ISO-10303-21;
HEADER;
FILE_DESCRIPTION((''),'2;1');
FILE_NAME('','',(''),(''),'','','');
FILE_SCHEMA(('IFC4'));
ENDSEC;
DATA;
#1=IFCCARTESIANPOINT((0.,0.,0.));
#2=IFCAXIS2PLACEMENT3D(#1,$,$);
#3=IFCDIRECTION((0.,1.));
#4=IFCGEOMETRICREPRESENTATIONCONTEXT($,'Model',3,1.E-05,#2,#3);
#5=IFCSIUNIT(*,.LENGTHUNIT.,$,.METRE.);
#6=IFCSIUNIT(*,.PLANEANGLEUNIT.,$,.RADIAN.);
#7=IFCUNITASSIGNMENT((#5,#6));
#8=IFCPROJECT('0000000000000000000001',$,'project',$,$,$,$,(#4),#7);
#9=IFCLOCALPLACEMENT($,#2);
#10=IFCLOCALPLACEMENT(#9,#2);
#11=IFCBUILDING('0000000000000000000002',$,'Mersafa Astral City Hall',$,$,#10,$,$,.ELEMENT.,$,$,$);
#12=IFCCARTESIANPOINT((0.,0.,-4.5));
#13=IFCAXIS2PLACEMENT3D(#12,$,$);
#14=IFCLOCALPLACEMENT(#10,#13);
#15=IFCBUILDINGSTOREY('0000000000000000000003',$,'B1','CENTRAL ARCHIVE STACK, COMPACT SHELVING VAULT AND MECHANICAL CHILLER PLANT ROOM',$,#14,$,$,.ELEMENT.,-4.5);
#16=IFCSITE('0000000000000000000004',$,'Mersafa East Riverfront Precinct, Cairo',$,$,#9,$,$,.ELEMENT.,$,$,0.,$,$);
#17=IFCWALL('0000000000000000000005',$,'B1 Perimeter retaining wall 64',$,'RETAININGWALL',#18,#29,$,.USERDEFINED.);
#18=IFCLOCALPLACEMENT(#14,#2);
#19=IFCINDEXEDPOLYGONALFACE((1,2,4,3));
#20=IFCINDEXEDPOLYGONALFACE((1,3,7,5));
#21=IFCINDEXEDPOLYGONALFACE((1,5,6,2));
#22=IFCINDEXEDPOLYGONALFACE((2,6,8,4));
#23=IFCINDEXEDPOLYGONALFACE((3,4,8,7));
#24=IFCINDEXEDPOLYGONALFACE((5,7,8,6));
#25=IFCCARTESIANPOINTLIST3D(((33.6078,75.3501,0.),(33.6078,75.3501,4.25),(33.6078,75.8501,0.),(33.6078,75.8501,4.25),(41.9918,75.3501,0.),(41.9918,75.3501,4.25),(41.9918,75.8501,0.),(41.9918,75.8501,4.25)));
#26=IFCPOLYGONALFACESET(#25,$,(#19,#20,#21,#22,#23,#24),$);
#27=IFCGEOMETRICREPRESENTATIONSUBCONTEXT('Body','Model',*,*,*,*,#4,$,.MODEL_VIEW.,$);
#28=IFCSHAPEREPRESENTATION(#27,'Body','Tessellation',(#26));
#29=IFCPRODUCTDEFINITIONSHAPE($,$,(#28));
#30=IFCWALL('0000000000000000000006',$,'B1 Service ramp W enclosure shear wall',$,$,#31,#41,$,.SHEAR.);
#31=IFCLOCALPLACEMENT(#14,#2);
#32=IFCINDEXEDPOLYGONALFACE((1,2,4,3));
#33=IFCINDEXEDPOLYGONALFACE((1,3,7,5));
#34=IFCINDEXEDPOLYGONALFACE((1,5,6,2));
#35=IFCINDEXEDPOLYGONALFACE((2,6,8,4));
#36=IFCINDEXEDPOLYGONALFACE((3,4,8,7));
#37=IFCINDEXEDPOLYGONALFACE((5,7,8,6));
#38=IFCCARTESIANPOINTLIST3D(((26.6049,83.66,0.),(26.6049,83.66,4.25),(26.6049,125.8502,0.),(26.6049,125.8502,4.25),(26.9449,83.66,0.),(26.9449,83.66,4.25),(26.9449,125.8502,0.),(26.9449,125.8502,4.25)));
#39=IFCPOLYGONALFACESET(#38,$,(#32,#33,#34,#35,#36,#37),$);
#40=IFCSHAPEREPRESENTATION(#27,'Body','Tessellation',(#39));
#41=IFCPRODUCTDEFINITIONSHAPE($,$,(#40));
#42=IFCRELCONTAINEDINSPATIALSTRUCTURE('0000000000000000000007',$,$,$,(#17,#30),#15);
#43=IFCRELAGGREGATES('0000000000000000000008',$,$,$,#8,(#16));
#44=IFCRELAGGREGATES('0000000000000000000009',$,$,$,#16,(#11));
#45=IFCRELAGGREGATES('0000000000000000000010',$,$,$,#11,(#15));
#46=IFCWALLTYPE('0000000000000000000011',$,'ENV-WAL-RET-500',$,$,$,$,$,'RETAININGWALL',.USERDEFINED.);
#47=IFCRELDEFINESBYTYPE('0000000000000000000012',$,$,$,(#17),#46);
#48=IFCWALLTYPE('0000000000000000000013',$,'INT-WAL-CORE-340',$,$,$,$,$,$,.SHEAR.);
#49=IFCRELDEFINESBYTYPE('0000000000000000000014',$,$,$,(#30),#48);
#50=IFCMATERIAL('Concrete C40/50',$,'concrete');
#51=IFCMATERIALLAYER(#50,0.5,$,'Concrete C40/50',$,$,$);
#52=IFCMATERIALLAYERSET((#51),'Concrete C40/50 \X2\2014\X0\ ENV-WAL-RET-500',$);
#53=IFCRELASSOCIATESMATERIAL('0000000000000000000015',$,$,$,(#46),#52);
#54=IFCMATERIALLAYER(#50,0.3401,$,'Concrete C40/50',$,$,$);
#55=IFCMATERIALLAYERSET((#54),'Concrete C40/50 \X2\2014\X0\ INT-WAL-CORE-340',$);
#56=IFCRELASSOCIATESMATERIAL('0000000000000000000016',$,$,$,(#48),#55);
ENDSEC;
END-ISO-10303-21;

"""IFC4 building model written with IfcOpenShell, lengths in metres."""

from ifc_helpers import new_model, si_unit, direction, frame, frame_2d, origin, place, context, subcontext, project, spatial, rectangle, extrude, material, layer, layer_set, type_object, element, save


model = new_model("IFC4")

# Units and contexts
model_context = context("Model", 3, precision=1e-05, world=origin(), true_north=direction((0.0, 1.0)))
body_context = subcontext(model_context, "Body", "Model", "MODEL_VIEW")
ifc_project = project(units=[si_unit("LENGTHUNIT", "METRE"), si_unit("PLANEANGLEUNIT", "RADIAN")], contexts=[model_context])

# Site, building, storey
site_placement = place(None, origin())
site = spatial("IfcSite", under=ifc_project, at=site_placement, Name="Mersafa East Riverfront Precinct, Cairo", CompositionType="ELEMENT", RefElevation=0.0)
building_placement = place(site_placement, origin())
building = spatial("IfcBuilding", under=site, at=building_placement, Name="Mersafa Astral City Hall", CompositionType="ELEMENT")
storey_placement = place(building_placement, frame((0.0, 0.0, -4.5)))
storey = spatial("IfcBuildingStorey", under=building, at=storey_placement, Name="B1", Description="CENTRAL ARCHIVE STACK, COMPACT SHELVING VAULT AND MECHANICAL CHILLER PLANT ROOM", CompositionType="ELEMENT", Elevation=-4.5)

# Shared definitions
ifc_material_1 = material(Name="Concrete C40/50", Category="concrete")

# Walls
ifc_layer_1 = layer(ifc_material_1, 0.5, Name="Concrete C40/50")
ifc_layer_set_1 = layer_set([ifc_layer_1], Name="Concrete C40/50 — ENV-WAL-RET-500")
wall_type_1 = type_object("IfcWallType", Name="ENV-WAL-RET-500", ElementType="RETAININGWALL", PredefinedType="USERDEFINED", material=ifc_layer_set_1)
wall_1_placement = place(storey_placement, frame((33.6079, 75.6001, 0.0), z_axis=(0.0, 0.0, 1.0), x_axis=(1.0, 0.0, 0.0)))
element("IfcWall", 1, at=wall_1_placement, inside=storey, type_object=wall_type_1, Name="B1 Perimeter retaining wall 64", ObjectType="RETAININGWALL", PredefinedType="USERDEFINED", context=body_context, shape_type="SweptSolid", body=[
    extrude(rectangle(XDim=8.384, YDim=0.5, at=frame_2d((4.1919, 0.0))), origin(), (0.0, 0.0, 1.0), 4.25),
])
ifc_layer_2 = layer(ifc_material_1, 0.3401, Name="Concrete C40/50")
ifc_layer_set_2 = layer_set([ifc_layer_2], Name="Concrete C40/50 — INT-WAL-CORE-340")
wall_type_2 = type_object("IfcWallType", Name="INT-WAL-CORE-340", PredefinedType="SHEAR", material=ifc_layer_set_2)
wall_2_placement = place(storey_placement, frame((26.7749, 83.6599, 0.0), z_axis=(0.0, 0.0, 1.0), x_axis=(0.0, 1.0, 0.0)))
element("IfcWall", 2, at=wall_2_placement, inside=storey, type_object=wall_type_2, Name="B1 Service ramp W enclosure shear wall", PredefinedType="SHEAR", context=body_context, shape_type="SweptSolid", body=[
    extrude(rectangle(XDim=42.1902, YDim=0.3401, at=frame_2d((21.0952, 0.0))), origin(), (0.0, 0.0, 1.0), 4.25),
])

save(model, "model.ifc")
